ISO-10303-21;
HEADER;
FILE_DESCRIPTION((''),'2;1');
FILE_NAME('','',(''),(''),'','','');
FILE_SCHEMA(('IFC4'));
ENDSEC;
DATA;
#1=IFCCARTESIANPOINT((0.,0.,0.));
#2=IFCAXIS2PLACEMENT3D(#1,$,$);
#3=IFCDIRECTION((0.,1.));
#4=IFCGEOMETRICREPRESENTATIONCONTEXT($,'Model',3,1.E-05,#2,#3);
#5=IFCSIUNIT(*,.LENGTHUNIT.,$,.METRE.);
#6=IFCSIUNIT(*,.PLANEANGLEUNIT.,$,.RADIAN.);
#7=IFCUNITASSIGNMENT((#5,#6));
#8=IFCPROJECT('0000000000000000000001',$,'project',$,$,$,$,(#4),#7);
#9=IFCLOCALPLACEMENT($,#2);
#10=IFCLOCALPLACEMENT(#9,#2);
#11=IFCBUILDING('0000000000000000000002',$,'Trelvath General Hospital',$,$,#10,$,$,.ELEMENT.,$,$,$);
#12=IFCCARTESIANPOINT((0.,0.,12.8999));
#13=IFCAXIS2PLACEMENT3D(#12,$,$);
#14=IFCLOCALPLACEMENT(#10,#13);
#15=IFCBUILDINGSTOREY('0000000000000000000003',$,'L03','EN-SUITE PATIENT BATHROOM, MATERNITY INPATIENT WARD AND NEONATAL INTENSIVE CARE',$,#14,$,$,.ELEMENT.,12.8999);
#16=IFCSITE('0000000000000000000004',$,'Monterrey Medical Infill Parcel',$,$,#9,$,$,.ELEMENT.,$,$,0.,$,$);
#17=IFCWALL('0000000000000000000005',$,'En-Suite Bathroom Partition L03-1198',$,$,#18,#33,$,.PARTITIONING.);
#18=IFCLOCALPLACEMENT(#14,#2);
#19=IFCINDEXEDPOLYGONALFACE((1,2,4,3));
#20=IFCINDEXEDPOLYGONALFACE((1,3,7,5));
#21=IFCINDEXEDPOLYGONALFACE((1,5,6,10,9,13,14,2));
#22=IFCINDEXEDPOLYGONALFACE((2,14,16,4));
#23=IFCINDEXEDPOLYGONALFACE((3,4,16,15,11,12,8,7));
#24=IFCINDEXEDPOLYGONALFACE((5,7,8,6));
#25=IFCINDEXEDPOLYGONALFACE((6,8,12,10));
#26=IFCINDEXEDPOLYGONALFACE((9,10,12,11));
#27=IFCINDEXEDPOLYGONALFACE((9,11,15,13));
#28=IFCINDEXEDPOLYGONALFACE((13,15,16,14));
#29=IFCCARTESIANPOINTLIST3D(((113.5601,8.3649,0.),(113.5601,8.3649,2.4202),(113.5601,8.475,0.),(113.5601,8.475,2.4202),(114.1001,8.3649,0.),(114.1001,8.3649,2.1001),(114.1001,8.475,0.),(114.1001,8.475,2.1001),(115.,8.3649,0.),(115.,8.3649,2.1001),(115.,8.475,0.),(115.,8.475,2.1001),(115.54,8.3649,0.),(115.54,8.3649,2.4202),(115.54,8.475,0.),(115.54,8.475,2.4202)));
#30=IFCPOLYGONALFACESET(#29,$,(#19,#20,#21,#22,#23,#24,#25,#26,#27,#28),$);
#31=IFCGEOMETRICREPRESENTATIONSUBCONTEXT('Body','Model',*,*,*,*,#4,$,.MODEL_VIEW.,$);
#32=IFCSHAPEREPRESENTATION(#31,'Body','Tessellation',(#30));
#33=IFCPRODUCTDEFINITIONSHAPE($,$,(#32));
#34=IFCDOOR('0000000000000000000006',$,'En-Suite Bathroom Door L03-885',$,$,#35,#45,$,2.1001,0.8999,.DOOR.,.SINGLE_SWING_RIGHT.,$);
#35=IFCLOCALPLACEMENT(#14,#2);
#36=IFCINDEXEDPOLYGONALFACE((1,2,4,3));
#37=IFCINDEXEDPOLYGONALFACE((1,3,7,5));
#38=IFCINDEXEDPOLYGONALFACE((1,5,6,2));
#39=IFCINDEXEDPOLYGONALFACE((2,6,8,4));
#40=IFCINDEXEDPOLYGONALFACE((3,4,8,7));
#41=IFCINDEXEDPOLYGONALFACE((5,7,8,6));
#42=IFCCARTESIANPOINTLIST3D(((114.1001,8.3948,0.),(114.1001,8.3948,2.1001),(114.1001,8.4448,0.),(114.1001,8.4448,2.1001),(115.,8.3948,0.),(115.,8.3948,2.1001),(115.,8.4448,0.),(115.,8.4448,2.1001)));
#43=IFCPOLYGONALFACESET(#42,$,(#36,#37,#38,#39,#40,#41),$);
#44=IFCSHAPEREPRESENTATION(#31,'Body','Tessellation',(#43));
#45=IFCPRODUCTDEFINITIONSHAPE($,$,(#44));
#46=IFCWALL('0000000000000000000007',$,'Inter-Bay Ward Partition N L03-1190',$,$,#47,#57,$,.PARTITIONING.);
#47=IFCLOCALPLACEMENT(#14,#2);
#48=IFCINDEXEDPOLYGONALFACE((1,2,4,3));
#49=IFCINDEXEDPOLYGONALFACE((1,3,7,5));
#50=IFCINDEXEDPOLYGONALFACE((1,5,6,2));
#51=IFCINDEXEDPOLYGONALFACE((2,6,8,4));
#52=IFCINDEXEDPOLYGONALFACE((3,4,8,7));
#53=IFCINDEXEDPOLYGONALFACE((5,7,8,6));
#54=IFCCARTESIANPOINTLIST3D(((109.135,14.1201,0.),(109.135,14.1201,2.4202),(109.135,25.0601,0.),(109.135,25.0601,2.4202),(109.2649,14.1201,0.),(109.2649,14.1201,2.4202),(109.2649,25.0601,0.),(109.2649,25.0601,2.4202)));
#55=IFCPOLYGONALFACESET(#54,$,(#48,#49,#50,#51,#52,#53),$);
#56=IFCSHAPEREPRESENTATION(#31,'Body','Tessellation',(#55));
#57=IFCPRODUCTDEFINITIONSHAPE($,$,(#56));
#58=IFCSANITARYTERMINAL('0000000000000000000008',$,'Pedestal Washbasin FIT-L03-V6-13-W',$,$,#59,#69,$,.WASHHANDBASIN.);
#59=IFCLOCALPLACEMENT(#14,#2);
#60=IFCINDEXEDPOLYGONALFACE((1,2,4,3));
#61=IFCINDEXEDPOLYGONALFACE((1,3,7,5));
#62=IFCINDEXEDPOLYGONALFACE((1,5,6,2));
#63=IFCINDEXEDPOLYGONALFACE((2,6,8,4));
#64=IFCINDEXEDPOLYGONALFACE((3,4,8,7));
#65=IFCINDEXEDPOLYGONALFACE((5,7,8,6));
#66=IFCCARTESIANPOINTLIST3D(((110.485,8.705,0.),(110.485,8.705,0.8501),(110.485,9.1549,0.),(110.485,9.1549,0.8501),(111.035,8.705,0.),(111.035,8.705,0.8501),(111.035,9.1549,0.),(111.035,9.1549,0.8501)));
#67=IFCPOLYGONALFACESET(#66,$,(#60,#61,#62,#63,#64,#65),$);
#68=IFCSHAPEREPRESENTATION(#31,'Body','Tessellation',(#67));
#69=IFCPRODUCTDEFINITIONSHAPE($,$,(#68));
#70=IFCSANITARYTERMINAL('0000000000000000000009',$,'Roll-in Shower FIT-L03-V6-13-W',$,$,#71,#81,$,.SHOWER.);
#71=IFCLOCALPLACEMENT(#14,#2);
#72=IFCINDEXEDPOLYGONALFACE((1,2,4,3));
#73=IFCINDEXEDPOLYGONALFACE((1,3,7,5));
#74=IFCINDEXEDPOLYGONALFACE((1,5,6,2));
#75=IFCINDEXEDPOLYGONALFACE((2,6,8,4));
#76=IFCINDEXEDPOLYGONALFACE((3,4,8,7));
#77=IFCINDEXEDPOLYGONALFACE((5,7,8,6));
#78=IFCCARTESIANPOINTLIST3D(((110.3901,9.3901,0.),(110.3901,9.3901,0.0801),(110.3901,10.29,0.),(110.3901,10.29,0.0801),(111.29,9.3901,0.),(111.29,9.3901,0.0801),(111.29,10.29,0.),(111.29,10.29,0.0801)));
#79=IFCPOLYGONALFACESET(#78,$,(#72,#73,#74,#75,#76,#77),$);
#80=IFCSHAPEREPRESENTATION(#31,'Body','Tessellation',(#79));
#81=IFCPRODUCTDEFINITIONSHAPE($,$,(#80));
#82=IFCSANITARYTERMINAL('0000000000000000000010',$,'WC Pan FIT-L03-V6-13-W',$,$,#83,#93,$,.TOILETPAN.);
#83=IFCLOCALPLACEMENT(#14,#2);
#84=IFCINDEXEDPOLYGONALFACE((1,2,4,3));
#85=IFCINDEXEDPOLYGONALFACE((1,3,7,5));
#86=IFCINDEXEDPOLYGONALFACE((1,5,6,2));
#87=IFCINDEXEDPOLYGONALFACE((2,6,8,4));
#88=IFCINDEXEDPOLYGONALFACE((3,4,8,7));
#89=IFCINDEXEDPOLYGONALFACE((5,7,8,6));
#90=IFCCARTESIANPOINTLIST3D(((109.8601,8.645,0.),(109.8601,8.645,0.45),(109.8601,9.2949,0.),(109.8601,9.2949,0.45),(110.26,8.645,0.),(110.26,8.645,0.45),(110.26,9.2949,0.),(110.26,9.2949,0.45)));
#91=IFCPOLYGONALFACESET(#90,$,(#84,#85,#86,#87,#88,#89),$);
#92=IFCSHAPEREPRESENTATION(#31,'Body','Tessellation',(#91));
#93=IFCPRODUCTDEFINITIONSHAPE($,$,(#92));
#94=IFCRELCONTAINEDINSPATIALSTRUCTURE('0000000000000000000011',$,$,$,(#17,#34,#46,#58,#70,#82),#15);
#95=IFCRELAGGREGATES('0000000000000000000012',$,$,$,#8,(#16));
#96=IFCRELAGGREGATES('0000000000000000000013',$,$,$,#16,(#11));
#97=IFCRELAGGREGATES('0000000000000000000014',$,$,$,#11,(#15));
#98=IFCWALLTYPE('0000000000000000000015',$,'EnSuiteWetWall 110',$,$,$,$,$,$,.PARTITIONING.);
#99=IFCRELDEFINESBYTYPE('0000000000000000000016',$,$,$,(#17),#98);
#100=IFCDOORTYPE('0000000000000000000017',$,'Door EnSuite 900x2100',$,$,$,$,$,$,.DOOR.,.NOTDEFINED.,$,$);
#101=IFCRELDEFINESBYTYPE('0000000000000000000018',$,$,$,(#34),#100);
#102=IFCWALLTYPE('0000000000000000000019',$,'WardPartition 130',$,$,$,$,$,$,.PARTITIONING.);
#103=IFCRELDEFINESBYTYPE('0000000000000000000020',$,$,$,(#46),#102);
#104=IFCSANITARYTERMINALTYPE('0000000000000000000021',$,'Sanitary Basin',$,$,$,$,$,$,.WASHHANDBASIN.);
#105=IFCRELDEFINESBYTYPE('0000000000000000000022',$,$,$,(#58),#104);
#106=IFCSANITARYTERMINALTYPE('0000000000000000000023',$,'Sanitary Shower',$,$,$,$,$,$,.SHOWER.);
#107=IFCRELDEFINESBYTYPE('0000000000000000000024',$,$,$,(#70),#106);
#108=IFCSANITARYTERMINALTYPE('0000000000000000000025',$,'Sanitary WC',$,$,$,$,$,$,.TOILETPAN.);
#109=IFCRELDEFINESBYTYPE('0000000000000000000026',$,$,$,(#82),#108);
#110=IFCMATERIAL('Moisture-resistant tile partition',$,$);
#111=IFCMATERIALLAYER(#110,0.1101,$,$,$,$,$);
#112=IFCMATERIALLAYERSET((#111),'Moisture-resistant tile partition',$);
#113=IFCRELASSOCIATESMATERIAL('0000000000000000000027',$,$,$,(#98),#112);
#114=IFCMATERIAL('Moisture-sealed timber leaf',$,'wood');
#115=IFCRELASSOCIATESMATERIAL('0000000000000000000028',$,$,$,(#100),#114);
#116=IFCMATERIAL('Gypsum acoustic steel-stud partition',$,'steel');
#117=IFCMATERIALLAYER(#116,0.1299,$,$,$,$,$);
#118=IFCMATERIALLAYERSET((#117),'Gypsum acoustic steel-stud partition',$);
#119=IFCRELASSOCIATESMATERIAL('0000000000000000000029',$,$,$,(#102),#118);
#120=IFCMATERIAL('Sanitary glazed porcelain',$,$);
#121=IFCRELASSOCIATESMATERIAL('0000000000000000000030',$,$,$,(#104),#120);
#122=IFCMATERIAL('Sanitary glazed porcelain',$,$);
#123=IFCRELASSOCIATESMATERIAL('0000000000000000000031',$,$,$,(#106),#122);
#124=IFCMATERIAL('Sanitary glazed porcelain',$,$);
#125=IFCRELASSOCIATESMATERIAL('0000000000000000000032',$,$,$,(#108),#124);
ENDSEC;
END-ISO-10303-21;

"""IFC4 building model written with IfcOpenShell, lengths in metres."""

from ifc_helpers import new_model, si_unit, direction, frame, frame_2d, origin, origin_2d, place, context, subcontext, project, spatial, rectangle, extrude, material, layer, layer_set, type_object, element, fill, save


model = new_model("IFC4")

# Units and contexts
model_context = context("Model", 3, precision=1e-05, world=origin(), true_north=direction((0.0, 1.0)))
body_context = subcontext(model_context, "Body", "Model", "MODEL_VIEW")
ifc_project = project(units=[si_unit("LENGTHUNIT", "METRE"), si_unit("PLANEANGLEUNIT", "RADIAN")], contexts=[model_context])

# Site, building, storey
site_placement = place(None, origin())
site = spatial("IfcSite", under=ifc_project, at=site_placement, Name="Monterrey Medical Infill Parcel", CompositionType="ELEMENT", RefElevation=0.0)
building_placement = place(site_placement, origin())
building = spatial("IfcBuilding", under=site, at=building_placement, Name="Trelvath General Hospital", CompositionType="ELEMENT")
storey_placement = place(building_placement, frame((0.0, 0.0, 12.8999)))
storey = spatial("IfcBuildingStorey", under=building, at=storey_placement, Name="L03", Description="EN-SUITE PATIENT BATHROOM, MATERNITY INPATIENT WARD AND NEONATAL INTENSIVE CARE", CompositionType="ELEMENT", Elevation=12.8999)

# Shared definitions
ifc_material_1 = material(Name="Moisture-resistant tile partition")
ifc_layer_1 = layer(ifc_material_1, 0.1101)
ifc_layer_set_1 = layer_set([ifc_layer_1], Name="Moisture-resistant tile partition")
wall_type_1 = type_object("IfcWallType", Name="EnSuiteWetWall 110", PredefinedType="PARTITIONING", material=ifc_layer_set_1)

# Shared definitions
ifc_material_2 = material(Name="Moisture-sealed timber leaf", Category="wood")
door_type_1 = type_object("IfcDoorType", Name="Door EnSuite 900x2100", OperationType="NOTDEFINED", PredefinedType="DOOR", material=ifc_material_2)

# Wall, opening, door
wall_1_placement = place(storey_placement, frame((113.5601, 8.4199, 0.0), z_axis=(0.0, 0.0, 1.0), x_axis=(1.0, 0.0, 0.0)))
wall_1 = element("IfcWall", 1, at=wall_1_placement, inside=storey, type_object=wall_type_1, Name="En-Suite Bathroom Partition L03-1198", PredefinedType="PARTITIONING", context=body_context, shape_type="SweptSolid", body=[
    extrude(rectangle(XDim=1.98, YDim=0.1101, at=frame_2d((0.99, 0.0))), origin(), (0.0, 0.0, 1.0), 2.4202),
])
opening_1_placement = place(wall_1_placement, frame((0.54, 0.0, 0.0)))
opening_1 = element("IfcOpeningElement", 2, at=opening_1_placement, cuts=wall_1, PredefinedType="OPENING", context=body_context, shape_type="SweptSolid", body=[
    extrude(rectangle(XDim=0.8999, YDim=2.1001, at=frame_2d((0.45, 1.05))), frame((0.0, 0.0649, 0.0), z_axis=(0.0, -1.0, 0.0), x_axis=(1.0, 0.0, 0.0)), (0.0, 0.0, 1.0), 0.1301),
])
door_1_placement = place(opening_1_placement, origin())
door_1 = element("IfcDoor", 3, at=door_1_placement, inside=storey, type_object=door_type_1, Name="En-Suite Bathroom Door L03-885", OperationType="SINGLE_SWING_RIGHT", OverallHeight=2.1001, OverallWidth=0.8999, PredefinedType="DOOR", context=body_context, shape_type="SweptSolid", body=[
    extrude(rectangle(XDim=0.8999, YDim=2.1001, at=frame_2d((0.45, 1.05))), frame((0.0, 0.0249, 0.0), z_axis=(0.0, -1.0, 0.0), x_axis=(1.0, 0.0, 0.0)), (0.0, 0.0, 1.0), 0.05),
])
fill(opening_1, door_1)

# Wall
ifc_material_3 = material(Name="Gypsum acoustic steel-stud partition", Category="steel")
ifc_layer_2 = layer(ifc_material_3, 0.1299)
ifc_layer_set_2 = layer_set([ifc_layer_2], Name="Gypsum acoustic steel-stud partition")
wall_type_2 = type_object("IfcWallType", Name="WardPartition 130", PredefinedType="PARTITIONING", material=ifc_layer_set_2)
wall_2_placement = place(storey_placement, frame((109.2, 14.1201, 0.0), z_axis=(0.0, 0.0, 1.0), x_axis=(0.0, 1.0, 0.0)))
element("IfcWall", 4, at=wall_2_placement, inside=storey, type_object=wall_type_2, Name="Inter-Bay Ward Partition N L03-1190", PredefinedType="PARTITIONING", context=body_context, shape_type="SweptSolid", body=[
    extrude(rectangle(XDim=10.9399, YDim=0.1299, at=frame_2d((5.47, 0.0))), origin(), (0.0, 0.0, 1.0), 2.4202),
])

# Sanitary terminals
ifc_material_4 = material(Name="Sanitary glazed porcelain")
sanitary_terminal_type_1 = type_object("IfcSanitaryTerminalType", Name="Sanitary Basin", PredefinedType="WASHHANDBASIN", material=ifc_material_4)
sanitary_terminal_1_placement = place(storey_placement, frame((110.76, 8.9299, 0.0), z_axis=(0.0, 0.0, 1.0), x_axis=(1.0, 0.0, 0.0)))
element("IfcSanitaryTerminal", 5, at=sanitary_terminal_1_placement, inside=storey, type_object=sanitary_terminal_type_1, Name="Pedestal Washbasin FIT-L03-V6-13-W", PredefinedType="WASHHANDBASIN", context=body_context, shape_type="SweptSolid", body=[
    extrude(rectangle(XDim=0.55, YDim=0.45, at=origin_2d()), origin(), (0.0, 0.0, 1.0), 0.8501),
])
ifc_material_5 = material(Name="Sanitary glazed porcelain")
sanitary_terminal_type_2 = type_object("IfcSanitaryTerminalType", Name="Sanitary Shower", PredefinedType="SHOWER", material=ifc_material_5)
sanitary_terminal_2_placement = place(storey_placement, frame((110.8401, 9.8401, 0.0), z_axis=(0.0, 0.0, 1.0), x_axis=(1.0, 0.0, 0.0)))
element("IfcSanitaryTerminal", 6, at=sanitary_terminal_2_placement, inside=storey, type_object=sanitary_terminal_type_2, Name="Roll-in Shower FIT-L03-V6-13-W", PredefinedType="SHOWER", context=body_context, shape_type="SweptSolid", body=[
    extrude(rectangle(XDim=0.8999, YDim=0.8999, at=origin_2d()), origin(), (0.0, 0.0, 1.0), 0.0801),
])
ifc_material_6 = material(Name="Sanitary glazed porcelain")
sanitary_terminal_type_3 = type_object("IfcSanitaryTerminalType", Name="Sanitary WC", PredefinedType="TOILETPAN", material=ifc_material_6)
sanitary_terminal_3_placement = place(storey_placement, frame((110.0601, 8.97, 0.0), z_axis=(0.0, 0.0, 1.0), x_axis=(1.0, 0.0, 0.0)))
element("IfcSanitaryTerminal", 7, at=sanitary_terminal_3_placement, inside=storey, type_object=sanitary_terminal_type_3, Name="WC Pan FIT-L03-V6-13-W", PredefinedType="TOILETPAN", context=body_context, shape_type="SweptSolid", body=[
    extrude(rectangle(XDim=0.3999, YDim=0.6499, at=origin_2d()), origin(), (0.0, 0.0, 1.0), 0.45),
])

save(model, "model.ifc")
